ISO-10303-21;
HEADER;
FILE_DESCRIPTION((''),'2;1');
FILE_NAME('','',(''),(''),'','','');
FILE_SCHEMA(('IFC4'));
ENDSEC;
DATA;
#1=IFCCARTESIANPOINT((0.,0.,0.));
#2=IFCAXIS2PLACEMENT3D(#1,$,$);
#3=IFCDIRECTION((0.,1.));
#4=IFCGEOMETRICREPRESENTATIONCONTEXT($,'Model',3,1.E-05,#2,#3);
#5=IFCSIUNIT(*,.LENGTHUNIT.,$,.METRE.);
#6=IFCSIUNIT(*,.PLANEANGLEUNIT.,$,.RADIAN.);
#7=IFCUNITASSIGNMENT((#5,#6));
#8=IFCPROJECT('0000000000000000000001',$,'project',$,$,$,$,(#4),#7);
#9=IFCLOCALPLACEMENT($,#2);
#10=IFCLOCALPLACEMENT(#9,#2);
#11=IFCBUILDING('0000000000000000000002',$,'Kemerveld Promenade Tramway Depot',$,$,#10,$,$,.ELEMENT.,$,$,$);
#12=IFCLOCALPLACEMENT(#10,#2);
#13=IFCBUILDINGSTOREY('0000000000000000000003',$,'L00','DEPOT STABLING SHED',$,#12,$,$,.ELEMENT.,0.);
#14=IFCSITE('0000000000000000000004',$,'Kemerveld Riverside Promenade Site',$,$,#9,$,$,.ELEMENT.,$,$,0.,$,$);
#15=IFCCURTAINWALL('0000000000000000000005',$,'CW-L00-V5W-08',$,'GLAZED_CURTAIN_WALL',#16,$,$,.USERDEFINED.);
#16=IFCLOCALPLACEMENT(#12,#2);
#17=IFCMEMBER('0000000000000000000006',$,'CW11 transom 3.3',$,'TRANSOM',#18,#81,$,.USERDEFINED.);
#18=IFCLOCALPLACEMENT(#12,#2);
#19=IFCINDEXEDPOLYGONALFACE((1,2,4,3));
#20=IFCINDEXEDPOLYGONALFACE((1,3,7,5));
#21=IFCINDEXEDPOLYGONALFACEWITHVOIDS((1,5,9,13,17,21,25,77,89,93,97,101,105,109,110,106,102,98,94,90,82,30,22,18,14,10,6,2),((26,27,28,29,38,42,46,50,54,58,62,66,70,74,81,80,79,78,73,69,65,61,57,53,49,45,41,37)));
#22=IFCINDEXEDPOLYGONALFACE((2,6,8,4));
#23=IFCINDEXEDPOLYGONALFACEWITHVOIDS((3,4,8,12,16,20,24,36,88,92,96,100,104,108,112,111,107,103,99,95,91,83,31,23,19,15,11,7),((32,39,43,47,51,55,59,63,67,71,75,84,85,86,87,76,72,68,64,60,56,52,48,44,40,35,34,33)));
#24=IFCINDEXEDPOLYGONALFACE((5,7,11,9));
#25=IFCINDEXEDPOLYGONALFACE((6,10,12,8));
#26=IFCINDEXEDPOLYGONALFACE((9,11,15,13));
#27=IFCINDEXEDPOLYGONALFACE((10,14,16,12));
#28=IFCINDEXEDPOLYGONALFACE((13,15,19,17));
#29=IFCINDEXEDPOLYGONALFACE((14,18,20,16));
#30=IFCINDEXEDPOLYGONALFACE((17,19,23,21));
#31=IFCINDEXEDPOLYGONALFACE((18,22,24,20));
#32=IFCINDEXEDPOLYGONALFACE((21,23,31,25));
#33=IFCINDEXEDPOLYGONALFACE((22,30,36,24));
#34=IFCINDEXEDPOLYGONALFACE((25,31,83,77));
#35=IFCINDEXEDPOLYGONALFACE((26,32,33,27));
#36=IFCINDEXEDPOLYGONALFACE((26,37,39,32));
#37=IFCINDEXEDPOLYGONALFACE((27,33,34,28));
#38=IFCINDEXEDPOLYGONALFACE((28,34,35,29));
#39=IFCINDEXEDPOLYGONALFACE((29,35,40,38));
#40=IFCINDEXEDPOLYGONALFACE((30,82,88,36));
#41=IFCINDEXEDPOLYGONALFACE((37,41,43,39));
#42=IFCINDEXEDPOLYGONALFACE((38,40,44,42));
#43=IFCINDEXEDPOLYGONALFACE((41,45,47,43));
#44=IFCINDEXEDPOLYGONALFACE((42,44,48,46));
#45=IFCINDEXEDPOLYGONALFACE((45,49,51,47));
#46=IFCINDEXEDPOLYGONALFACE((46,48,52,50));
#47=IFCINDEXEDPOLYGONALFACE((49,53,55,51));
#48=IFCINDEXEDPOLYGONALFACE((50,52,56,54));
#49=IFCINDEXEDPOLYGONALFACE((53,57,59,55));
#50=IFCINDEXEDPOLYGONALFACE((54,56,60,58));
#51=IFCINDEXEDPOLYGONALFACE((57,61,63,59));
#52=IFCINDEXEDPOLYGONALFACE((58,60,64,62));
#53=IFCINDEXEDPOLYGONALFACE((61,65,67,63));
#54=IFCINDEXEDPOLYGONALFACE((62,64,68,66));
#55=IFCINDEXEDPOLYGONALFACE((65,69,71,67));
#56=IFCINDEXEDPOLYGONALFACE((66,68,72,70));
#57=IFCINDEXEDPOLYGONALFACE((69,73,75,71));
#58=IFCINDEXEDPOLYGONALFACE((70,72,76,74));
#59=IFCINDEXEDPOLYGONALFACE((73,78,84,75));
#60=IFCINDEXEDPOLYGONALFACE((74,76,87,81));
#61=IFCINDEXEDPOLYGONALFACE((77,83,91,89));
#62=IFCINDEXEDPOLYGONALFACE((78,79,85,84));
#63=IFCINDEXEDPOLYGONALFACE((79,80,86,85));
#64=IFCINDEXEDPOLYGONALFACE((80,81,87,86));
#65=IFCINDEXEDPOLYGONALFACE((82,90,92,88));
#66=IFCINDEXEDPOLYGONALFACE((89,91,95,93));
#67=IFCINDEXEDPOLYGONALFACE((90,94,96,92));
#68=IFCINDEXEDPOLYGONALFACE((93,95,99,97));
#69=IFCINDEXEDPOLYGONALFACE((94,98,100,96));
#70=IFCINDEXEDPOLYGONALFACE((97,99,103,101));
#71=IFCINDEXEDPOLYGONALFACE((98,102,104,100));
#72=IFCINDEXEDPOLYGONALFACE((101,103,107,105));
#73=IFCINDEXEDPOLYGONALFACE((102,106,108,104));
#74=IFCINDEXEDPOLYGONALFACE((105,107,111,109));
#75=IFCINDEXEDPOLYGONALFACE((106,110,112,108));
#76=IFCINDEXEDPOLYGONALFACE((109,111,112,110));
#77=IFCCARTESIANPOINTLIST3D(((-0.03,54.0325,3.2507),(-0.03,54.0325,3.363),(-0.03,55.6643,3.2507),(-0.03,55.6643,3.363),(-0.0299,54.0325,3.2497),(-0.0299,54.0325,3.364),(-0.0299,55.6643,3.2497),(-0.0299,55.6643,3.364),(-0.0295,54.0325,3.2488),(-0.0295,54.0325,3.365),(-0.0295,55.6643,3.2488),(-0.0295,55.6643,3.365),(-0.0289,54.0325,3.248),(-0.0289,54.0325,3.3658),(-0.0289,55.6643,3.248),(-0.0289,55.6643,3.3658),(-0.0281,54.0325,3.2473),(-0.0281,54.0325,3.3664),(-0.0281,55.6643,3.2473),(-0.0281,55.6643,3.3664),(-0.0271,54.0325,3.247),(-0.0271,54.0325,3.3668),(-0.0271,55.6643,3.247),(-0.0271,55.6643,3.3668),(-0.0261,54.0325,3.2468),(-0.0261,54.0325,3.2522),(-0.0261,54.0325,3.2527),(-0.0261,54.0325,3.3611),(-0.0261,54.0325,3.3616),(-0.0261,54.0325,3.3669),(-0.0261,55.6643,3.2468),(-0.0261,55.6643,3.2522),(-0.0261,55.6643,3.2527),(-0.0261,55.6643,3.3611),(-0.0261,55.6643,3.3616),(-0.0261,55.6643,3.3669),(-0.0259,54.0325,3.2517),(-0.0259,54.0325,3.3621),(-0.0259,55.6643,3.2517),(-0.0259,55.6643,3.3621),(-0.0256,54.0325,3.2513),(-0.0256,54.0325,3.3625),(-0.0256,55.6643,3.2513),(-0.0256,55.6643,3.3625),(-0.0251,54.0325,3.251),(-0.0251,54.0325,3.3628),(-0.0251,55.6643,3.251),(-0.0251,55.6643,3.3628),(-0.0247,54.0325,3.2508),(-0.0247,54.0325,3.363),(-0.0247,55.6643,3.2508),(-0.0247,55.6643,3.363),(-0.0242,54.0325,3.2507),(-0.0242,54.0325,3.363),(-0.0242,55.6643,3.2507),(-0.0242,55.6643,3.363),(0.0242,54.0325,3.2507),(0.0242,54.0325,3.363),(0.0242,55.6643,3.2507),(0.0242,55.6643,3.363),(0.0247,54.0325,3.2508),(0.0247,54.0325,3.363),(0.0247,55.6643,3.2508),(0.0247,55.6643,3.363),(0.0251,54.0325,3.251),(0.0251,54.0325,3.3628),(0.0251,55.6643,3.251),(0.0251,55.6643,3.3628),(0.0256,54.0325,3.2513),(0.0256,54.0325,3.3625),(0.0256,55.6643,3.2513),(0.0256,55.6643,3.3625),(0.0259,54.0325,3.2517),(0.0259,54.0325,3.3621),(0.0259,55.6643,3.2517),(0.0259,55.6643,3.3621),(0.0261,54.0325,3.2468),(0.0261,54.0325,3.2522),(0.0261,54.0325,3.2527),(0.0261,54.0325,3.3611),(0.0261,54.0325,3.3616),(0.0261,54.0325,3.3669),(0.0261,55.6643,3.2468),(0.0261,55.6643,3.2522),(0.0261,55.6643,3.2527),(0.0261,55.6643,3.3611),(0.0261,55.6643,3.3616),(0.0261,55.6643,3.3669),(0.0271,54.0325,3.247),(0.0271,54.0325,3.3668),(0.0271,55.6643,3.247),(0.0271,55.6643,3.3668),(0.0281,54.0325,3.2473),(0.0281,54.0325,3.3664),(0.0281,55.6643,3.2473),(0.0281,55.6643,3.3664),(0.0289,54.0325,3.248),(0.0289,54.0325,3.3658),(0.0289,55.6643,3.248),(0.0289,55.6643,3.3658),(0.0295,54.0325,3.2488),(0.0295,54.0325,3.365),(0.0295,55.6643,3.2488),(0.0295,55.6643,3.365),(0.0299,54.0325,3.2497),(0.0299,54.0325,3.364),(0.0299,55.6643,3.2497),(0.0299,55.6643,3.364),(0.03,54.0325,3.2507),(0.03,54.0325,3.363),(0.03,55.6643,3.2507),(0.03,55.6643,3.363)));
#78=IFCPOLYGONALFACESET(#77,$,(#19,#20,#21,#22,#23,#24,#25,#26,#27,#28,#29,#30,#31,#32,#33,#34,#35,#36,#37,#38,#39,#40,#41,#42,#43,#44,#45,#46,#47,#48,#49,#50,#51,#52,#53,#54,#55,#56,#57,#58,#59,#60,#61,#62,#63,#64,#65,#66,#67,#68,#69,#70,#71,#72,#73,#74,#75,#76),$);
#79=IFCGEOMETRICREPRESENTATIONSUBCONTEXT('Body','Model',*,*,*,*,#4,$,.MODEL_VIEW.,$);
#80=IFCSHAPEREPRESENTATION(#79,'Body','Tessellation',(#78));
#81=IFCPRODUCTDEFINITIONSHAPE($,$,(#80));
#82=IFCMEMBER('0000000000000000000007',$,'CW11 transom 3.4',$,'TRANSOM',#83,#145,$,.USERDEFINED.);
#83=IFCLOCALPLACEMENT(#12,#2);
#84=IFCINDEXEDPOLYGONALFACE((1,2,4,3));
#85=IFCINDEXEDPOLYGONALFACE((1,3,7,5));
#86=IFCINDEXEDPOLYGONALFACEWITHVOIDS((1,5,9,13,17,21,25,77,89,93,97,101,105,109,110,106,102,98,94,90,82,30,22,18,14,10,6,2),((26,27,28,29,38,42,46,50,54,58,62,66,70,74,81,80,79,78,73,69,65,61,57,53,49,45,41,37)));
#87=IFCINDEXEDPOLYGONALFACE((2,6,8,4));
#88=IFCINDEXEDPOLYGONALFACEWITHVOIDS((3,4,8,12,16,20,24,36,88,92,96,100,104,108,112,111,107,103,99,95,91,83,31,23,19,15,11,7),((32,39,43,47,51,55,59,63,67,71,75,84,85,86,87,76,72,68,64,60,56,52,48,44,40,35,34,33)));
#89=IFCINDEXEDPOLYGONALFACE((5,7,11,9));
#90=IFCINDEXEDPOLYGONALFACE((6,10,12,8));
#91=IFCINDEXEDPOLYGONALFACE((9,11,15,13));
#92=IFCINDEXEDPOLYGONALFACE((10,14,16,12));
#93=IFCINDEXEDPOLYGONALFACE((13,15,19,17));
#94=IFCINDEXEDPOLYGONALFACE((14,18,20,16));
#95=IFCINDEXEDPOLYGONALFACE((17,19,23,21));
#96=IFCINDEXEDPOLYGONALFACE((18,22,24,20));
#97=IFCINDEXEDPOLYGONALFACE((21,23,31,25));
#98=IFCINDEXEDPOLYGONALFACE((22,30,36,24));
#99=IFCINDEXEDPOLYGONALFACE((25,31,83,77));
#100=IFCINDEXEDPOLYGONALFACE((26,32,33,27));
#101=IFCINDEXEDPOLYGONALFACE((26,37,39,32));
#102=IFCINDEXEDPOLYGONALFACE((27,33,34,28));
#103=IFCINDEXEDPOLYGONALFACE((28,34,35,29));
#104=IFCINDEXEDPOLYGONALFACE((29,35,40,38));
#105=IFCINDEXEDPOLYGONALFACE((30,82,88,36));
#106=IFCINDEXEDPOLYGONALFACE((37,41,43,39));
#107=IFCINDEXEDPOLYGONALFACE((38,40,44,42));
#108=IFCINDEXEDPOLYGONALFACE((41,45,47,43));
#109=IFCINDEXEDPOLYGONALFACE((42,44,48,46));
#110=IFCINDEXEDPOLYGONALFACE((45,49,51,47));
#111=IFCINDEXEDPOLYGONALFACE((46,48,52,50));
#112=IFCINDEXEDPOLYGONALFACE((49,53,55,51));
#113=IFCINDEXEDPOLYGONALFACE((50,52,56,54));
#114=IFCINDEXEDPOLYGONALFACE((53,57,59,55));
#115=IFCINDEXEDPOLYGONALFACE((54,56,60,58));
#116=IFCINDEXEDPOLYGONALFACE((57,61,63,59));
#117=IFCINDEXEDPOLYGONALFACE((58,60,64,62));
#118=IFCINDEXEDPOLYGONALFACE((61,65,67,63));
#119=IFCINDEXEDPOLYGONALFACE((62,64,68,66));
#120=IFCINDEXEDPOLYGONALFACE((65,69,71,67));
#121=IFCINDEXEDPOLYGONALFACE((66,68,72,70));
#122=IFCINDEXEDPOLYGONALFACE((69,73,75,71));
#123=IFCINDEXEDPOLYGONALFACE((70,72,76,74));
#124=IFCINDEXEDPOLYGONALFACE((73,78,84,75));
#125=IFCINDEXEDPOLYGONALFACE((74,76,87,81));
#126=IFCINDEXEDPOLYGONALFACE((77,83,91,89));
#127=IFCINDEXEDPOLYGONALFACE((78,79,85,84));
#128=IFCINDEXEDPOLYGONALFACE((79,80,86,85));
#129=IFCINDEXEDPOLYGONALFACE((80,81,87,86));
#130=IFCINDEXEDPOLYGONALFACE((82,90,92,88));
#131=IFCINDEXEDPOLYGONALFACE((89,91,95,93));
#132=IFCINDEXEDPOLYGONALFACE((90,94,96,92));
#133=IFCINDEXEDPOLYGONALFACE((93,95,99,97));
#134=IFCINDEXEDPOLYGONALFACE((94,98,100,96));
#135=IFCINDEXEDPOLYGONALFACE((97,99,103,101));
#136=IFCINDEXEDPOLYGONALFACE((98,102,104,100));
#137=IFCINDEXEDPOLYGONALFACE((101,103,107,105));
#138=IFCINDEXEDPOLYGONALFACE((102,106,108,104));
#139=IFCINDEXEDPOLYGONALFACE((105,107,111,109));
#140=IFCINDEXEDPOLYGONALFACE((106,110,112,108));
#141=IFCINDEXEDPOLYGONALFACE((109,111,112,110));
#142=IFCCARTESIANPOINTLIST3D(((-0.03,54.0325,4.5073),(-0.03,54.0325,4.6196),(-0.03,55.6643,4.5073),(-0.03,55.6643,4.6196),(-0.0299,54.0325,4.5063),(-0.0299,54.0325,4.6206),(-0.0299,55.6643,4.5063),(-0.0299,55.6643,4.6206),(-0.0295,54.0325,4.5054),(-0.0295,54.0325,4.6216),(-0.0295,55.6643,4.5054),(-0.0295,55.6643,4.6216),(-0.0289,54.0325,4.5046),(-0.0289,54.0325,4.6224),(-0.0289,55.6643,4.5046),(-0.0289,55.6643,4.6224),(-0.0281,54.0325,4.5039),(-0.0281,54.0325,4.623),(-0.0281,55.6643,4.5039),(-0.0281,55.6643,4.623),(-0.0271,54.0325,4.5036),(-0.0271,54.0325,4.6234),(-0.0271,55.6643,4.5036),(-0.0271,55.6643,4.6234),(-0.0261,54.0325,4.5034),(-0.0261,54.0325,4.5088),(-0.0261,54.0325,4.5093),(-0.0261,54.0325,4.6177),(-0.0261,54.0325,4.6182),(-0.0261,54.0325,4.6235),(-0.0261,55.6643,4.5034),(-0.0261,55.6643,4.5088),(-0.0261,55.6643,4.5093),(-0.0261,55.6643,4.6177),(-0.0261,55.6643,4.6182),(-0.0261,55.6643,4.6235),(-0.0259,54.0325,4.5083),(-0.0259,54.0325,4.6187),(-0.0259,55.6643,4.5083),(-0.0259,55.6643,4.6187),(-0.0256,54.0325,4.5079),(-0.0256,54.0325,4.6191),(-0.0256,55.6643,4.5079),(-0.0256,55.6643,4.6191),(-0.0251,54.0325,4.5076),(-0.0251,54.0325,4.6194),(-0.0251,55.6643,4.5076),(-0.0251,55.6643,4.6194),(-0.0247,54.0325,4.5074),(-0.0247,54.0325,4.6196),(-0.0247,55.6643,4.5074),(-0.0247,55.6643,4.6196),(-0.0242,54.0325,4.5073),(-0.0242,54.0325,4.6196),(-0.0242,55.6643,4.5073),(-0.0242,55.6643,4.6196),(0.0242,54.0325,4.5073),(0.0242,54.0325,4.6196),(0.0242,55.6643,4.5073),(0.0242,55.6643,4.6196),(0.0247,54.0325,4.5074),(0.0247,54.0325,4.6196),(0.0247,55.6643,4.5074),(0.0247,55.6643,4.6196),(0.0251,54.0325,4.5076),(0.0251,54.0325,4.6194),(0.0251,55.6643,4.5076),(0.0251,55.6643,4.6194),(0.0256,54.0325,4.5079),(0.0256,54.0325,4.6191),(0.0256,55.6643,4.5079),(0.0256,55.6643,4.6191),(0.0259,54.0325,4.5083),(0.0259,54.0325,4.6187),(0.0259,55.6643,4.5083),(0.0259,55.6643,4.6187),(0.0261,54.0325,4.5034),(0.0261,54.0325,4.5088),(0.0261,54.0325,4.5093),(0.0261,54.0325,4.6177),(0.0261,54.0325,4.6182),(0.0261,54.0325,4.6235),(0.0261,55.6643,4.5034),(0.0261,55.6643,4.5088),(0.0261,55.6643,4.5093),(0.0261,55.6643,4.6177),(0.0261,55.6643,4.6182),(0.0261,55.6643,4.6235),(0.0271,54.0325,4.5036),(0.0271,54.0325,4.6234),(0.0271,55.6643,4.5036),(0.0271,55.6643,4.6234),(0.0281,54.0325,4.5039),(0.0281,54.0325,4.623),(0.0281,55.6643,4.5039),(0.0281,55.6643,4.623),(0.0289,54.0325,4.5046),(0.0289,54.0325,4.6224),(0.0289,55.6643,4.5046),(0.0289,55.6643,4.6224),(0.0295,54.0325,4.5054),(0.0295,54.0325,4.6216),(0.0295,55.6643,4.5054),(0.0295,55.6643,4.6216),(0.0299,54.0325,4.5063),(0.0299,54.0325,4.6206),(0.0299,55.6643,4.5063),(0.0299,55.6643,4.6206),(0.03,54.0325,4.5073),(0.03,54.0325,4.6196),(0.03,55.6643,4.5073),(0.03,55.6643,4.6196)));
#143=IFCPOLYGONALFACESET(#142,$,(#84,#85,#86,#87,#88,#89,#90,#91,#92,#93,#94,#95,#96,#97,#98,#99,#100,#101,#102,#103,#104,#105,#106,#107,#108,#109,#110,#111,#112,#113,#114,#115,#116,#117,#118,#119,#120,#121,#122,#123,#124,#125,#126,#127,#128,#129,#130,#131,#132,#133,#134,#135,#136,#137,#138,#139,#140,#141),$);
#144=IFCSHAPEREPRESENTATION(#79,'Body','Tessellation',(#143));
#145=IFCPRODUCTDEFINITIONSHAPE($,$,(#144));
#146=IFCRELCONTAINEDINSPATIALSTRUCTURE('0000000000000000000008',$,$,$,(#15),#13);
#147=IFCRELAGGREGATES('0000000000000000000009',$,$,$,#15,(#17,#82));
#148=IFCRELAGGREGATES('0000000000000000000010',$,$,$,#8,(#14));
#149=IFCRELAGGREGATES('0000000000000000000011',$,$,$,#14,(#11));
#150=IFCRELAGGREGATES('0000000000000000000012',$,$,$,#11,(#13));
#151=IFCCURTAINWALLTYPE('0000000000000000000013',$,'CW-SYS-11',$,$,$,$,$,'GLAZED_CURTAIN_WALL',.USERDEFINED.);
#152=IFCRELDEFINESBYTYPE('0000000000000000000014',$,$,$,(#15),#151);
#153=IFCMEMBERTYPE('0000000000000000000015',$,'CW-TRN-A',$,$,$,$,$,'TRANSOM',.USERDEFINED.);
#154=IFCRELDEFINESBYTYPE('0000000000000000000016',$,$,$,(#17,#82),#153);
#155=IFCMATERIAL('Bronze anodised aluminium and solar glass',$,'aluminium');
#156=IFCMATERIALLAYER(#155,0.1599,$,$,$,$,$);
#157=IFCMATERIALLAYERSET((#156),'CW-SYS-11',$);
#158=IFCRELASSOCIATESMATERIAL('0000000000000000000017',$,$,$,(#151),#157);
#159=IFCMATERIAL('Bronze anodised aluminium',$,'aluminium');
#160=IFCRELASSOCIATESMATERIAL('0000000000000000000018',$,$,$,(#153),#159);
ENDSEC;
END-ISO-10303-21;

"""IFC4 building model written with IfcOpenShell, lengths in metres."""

from ifc_helpers import new_model, si_unit, direction, frame, origin, origin_2d, place, context, subcontext, project, spatial, hollow_rectangle, extrude, material, layer, layer_set, material_profile, profile_set, type_object, element, aggregate, save


model = new_model("IFC4")

# Units and contexts
model_context = context("Model", 3, precision=1e-05, world=origin(), true_north=direction((0.0, 1.0)))
body_context = subcontext(model_context, "Body", "Model", "MODEL_VIEW")
ifc_project = project(units=[si_unit("LENGTHUNIT", "METRE"), si_unit("PLANEANGLEUNIT", "RADIAN")], contexts=[model_context])

# Site, building, storey
site_placement = place(None, origin())
site = spatial("IfcSite", under=ifc_project, at=site_placement, Name="Kemerveld Riverside Promenade Site", CompositionType="ELEMENT", RefElevation=0.0)
building_placement = place(site_placement, origin())
building = spatial("IfcBuilding", under=site, at=building_placement, Name="Kemerveld Promenade Tramway Depot", CompositionType="ELEMENT")
storey_placement = place(building_placement, origin())
storey = spatial("IfcBuildingStorey", under=building, at=storey_placement, Name="L00", Description="DEPOT STABLING SHED", CompositionType="ELEMENT", Elevation=0.0)

# Curtain wall, members
ifc_material_1 = material(Name="Bronze anodised aluminium and solar glass", Category="aluminium")
ifc_layer_1 = layer(ifc_material_1, 0.1599)
ifc_layer_set_1 = layer_set([ifc_layer_1], Name="CW-SYS-11")
curtain_wall_type = type_object("IfcCurtainWallType", Name="CW-SYS-11", ElementType="GLAZED_CURTAIN_WALL", PredefinedType="USERDEFINED", material=ifc_layer_set_1)
curtain_wall_placement = place(storey_placement, origin())
curtain_wall = element("IfcCurtainWall", 1, at=curtain_wall_placement, inside=storey, type_object=curtain_wall_type, Name="CW-L00-V5W-08", ObjectType="GLAZED_CURTAIN_WALL", PredefinedType="USERDEFINED")
ifc_material_2 = material(Name="Bronze anodised aluminium", Category="aluminium")
ifc_material_profile_1 = material_profile(ifc_material_2, hollow_rectangle(XDim=0.0601, YDim=0.1201, WallThickness=0.0039, InnerFilletRadius=0.002, OuterFilletRadius=0.0039, at=origin_2d()), Name="CW-TRN-120x60")
ifc_profile_set_1 = profile_set([ifc_material_profile_1], Name="Bronze anodised aluminium")
member_type_1 = type_object("IfcMemberType", Name="CW-TRN-A", ElementType="TRANSOM", PredefinedType="USERDEFINED", material=ifc_profile_set_1)
member_1_placement = place(storey_placement, frame((0.0, 54.0325, 3.3069), z_axis=(0.0, 1.0, 0.0), x_axis=(-1.0, 0.0, 0.0)))
member_1 = element("IfcMember", 2, at=member_1_placement, type_object=member_type_1, Name="CW11 transom 3.3", ObjectType="TRANSOM", PredefinedType="USERDEFINED", context=body_context, shape_type="SweptSolid", body=[
    extrude(hollow_rectangle(XDim=0.0601, YDim=0.1201, WallThickness=0.0039, InnerFilletRadius=0.002, OuterFilletRadius=0.0039, at=origin_2d()), origin(), (0.0, 0.0, 1.0), 1.6318),
])
member_2_placement = place(storey_placement, frame((0.0, 54.0325, 4.5635), z_axis=(0.0, 1.0, 0.0), x_axis=(-1.0, 0.0, 0.0)))
member_2 = element("IfcMember", 3, at=member_2_placement, type_object=member_type_1, Name="CW11 transom 3.4", ObjectType="TRANSOM", PredefinedType="USERDEFINED", context=body_context, shape_type="SweptSolid", body=[
    extrude(hollow_rectangle(XDim=0.0601, YDim=0.1201, WallThickness=0.0039, InnerFilletRadius=0.002, OuterFilletRadius=0.0039, at=origin_2d()), origin(), (0.0, 0.0, 1.0), 1.6318),
])
aggregate(curtain_wall, [member_1, member_2])

save(model, "model.ifc")
